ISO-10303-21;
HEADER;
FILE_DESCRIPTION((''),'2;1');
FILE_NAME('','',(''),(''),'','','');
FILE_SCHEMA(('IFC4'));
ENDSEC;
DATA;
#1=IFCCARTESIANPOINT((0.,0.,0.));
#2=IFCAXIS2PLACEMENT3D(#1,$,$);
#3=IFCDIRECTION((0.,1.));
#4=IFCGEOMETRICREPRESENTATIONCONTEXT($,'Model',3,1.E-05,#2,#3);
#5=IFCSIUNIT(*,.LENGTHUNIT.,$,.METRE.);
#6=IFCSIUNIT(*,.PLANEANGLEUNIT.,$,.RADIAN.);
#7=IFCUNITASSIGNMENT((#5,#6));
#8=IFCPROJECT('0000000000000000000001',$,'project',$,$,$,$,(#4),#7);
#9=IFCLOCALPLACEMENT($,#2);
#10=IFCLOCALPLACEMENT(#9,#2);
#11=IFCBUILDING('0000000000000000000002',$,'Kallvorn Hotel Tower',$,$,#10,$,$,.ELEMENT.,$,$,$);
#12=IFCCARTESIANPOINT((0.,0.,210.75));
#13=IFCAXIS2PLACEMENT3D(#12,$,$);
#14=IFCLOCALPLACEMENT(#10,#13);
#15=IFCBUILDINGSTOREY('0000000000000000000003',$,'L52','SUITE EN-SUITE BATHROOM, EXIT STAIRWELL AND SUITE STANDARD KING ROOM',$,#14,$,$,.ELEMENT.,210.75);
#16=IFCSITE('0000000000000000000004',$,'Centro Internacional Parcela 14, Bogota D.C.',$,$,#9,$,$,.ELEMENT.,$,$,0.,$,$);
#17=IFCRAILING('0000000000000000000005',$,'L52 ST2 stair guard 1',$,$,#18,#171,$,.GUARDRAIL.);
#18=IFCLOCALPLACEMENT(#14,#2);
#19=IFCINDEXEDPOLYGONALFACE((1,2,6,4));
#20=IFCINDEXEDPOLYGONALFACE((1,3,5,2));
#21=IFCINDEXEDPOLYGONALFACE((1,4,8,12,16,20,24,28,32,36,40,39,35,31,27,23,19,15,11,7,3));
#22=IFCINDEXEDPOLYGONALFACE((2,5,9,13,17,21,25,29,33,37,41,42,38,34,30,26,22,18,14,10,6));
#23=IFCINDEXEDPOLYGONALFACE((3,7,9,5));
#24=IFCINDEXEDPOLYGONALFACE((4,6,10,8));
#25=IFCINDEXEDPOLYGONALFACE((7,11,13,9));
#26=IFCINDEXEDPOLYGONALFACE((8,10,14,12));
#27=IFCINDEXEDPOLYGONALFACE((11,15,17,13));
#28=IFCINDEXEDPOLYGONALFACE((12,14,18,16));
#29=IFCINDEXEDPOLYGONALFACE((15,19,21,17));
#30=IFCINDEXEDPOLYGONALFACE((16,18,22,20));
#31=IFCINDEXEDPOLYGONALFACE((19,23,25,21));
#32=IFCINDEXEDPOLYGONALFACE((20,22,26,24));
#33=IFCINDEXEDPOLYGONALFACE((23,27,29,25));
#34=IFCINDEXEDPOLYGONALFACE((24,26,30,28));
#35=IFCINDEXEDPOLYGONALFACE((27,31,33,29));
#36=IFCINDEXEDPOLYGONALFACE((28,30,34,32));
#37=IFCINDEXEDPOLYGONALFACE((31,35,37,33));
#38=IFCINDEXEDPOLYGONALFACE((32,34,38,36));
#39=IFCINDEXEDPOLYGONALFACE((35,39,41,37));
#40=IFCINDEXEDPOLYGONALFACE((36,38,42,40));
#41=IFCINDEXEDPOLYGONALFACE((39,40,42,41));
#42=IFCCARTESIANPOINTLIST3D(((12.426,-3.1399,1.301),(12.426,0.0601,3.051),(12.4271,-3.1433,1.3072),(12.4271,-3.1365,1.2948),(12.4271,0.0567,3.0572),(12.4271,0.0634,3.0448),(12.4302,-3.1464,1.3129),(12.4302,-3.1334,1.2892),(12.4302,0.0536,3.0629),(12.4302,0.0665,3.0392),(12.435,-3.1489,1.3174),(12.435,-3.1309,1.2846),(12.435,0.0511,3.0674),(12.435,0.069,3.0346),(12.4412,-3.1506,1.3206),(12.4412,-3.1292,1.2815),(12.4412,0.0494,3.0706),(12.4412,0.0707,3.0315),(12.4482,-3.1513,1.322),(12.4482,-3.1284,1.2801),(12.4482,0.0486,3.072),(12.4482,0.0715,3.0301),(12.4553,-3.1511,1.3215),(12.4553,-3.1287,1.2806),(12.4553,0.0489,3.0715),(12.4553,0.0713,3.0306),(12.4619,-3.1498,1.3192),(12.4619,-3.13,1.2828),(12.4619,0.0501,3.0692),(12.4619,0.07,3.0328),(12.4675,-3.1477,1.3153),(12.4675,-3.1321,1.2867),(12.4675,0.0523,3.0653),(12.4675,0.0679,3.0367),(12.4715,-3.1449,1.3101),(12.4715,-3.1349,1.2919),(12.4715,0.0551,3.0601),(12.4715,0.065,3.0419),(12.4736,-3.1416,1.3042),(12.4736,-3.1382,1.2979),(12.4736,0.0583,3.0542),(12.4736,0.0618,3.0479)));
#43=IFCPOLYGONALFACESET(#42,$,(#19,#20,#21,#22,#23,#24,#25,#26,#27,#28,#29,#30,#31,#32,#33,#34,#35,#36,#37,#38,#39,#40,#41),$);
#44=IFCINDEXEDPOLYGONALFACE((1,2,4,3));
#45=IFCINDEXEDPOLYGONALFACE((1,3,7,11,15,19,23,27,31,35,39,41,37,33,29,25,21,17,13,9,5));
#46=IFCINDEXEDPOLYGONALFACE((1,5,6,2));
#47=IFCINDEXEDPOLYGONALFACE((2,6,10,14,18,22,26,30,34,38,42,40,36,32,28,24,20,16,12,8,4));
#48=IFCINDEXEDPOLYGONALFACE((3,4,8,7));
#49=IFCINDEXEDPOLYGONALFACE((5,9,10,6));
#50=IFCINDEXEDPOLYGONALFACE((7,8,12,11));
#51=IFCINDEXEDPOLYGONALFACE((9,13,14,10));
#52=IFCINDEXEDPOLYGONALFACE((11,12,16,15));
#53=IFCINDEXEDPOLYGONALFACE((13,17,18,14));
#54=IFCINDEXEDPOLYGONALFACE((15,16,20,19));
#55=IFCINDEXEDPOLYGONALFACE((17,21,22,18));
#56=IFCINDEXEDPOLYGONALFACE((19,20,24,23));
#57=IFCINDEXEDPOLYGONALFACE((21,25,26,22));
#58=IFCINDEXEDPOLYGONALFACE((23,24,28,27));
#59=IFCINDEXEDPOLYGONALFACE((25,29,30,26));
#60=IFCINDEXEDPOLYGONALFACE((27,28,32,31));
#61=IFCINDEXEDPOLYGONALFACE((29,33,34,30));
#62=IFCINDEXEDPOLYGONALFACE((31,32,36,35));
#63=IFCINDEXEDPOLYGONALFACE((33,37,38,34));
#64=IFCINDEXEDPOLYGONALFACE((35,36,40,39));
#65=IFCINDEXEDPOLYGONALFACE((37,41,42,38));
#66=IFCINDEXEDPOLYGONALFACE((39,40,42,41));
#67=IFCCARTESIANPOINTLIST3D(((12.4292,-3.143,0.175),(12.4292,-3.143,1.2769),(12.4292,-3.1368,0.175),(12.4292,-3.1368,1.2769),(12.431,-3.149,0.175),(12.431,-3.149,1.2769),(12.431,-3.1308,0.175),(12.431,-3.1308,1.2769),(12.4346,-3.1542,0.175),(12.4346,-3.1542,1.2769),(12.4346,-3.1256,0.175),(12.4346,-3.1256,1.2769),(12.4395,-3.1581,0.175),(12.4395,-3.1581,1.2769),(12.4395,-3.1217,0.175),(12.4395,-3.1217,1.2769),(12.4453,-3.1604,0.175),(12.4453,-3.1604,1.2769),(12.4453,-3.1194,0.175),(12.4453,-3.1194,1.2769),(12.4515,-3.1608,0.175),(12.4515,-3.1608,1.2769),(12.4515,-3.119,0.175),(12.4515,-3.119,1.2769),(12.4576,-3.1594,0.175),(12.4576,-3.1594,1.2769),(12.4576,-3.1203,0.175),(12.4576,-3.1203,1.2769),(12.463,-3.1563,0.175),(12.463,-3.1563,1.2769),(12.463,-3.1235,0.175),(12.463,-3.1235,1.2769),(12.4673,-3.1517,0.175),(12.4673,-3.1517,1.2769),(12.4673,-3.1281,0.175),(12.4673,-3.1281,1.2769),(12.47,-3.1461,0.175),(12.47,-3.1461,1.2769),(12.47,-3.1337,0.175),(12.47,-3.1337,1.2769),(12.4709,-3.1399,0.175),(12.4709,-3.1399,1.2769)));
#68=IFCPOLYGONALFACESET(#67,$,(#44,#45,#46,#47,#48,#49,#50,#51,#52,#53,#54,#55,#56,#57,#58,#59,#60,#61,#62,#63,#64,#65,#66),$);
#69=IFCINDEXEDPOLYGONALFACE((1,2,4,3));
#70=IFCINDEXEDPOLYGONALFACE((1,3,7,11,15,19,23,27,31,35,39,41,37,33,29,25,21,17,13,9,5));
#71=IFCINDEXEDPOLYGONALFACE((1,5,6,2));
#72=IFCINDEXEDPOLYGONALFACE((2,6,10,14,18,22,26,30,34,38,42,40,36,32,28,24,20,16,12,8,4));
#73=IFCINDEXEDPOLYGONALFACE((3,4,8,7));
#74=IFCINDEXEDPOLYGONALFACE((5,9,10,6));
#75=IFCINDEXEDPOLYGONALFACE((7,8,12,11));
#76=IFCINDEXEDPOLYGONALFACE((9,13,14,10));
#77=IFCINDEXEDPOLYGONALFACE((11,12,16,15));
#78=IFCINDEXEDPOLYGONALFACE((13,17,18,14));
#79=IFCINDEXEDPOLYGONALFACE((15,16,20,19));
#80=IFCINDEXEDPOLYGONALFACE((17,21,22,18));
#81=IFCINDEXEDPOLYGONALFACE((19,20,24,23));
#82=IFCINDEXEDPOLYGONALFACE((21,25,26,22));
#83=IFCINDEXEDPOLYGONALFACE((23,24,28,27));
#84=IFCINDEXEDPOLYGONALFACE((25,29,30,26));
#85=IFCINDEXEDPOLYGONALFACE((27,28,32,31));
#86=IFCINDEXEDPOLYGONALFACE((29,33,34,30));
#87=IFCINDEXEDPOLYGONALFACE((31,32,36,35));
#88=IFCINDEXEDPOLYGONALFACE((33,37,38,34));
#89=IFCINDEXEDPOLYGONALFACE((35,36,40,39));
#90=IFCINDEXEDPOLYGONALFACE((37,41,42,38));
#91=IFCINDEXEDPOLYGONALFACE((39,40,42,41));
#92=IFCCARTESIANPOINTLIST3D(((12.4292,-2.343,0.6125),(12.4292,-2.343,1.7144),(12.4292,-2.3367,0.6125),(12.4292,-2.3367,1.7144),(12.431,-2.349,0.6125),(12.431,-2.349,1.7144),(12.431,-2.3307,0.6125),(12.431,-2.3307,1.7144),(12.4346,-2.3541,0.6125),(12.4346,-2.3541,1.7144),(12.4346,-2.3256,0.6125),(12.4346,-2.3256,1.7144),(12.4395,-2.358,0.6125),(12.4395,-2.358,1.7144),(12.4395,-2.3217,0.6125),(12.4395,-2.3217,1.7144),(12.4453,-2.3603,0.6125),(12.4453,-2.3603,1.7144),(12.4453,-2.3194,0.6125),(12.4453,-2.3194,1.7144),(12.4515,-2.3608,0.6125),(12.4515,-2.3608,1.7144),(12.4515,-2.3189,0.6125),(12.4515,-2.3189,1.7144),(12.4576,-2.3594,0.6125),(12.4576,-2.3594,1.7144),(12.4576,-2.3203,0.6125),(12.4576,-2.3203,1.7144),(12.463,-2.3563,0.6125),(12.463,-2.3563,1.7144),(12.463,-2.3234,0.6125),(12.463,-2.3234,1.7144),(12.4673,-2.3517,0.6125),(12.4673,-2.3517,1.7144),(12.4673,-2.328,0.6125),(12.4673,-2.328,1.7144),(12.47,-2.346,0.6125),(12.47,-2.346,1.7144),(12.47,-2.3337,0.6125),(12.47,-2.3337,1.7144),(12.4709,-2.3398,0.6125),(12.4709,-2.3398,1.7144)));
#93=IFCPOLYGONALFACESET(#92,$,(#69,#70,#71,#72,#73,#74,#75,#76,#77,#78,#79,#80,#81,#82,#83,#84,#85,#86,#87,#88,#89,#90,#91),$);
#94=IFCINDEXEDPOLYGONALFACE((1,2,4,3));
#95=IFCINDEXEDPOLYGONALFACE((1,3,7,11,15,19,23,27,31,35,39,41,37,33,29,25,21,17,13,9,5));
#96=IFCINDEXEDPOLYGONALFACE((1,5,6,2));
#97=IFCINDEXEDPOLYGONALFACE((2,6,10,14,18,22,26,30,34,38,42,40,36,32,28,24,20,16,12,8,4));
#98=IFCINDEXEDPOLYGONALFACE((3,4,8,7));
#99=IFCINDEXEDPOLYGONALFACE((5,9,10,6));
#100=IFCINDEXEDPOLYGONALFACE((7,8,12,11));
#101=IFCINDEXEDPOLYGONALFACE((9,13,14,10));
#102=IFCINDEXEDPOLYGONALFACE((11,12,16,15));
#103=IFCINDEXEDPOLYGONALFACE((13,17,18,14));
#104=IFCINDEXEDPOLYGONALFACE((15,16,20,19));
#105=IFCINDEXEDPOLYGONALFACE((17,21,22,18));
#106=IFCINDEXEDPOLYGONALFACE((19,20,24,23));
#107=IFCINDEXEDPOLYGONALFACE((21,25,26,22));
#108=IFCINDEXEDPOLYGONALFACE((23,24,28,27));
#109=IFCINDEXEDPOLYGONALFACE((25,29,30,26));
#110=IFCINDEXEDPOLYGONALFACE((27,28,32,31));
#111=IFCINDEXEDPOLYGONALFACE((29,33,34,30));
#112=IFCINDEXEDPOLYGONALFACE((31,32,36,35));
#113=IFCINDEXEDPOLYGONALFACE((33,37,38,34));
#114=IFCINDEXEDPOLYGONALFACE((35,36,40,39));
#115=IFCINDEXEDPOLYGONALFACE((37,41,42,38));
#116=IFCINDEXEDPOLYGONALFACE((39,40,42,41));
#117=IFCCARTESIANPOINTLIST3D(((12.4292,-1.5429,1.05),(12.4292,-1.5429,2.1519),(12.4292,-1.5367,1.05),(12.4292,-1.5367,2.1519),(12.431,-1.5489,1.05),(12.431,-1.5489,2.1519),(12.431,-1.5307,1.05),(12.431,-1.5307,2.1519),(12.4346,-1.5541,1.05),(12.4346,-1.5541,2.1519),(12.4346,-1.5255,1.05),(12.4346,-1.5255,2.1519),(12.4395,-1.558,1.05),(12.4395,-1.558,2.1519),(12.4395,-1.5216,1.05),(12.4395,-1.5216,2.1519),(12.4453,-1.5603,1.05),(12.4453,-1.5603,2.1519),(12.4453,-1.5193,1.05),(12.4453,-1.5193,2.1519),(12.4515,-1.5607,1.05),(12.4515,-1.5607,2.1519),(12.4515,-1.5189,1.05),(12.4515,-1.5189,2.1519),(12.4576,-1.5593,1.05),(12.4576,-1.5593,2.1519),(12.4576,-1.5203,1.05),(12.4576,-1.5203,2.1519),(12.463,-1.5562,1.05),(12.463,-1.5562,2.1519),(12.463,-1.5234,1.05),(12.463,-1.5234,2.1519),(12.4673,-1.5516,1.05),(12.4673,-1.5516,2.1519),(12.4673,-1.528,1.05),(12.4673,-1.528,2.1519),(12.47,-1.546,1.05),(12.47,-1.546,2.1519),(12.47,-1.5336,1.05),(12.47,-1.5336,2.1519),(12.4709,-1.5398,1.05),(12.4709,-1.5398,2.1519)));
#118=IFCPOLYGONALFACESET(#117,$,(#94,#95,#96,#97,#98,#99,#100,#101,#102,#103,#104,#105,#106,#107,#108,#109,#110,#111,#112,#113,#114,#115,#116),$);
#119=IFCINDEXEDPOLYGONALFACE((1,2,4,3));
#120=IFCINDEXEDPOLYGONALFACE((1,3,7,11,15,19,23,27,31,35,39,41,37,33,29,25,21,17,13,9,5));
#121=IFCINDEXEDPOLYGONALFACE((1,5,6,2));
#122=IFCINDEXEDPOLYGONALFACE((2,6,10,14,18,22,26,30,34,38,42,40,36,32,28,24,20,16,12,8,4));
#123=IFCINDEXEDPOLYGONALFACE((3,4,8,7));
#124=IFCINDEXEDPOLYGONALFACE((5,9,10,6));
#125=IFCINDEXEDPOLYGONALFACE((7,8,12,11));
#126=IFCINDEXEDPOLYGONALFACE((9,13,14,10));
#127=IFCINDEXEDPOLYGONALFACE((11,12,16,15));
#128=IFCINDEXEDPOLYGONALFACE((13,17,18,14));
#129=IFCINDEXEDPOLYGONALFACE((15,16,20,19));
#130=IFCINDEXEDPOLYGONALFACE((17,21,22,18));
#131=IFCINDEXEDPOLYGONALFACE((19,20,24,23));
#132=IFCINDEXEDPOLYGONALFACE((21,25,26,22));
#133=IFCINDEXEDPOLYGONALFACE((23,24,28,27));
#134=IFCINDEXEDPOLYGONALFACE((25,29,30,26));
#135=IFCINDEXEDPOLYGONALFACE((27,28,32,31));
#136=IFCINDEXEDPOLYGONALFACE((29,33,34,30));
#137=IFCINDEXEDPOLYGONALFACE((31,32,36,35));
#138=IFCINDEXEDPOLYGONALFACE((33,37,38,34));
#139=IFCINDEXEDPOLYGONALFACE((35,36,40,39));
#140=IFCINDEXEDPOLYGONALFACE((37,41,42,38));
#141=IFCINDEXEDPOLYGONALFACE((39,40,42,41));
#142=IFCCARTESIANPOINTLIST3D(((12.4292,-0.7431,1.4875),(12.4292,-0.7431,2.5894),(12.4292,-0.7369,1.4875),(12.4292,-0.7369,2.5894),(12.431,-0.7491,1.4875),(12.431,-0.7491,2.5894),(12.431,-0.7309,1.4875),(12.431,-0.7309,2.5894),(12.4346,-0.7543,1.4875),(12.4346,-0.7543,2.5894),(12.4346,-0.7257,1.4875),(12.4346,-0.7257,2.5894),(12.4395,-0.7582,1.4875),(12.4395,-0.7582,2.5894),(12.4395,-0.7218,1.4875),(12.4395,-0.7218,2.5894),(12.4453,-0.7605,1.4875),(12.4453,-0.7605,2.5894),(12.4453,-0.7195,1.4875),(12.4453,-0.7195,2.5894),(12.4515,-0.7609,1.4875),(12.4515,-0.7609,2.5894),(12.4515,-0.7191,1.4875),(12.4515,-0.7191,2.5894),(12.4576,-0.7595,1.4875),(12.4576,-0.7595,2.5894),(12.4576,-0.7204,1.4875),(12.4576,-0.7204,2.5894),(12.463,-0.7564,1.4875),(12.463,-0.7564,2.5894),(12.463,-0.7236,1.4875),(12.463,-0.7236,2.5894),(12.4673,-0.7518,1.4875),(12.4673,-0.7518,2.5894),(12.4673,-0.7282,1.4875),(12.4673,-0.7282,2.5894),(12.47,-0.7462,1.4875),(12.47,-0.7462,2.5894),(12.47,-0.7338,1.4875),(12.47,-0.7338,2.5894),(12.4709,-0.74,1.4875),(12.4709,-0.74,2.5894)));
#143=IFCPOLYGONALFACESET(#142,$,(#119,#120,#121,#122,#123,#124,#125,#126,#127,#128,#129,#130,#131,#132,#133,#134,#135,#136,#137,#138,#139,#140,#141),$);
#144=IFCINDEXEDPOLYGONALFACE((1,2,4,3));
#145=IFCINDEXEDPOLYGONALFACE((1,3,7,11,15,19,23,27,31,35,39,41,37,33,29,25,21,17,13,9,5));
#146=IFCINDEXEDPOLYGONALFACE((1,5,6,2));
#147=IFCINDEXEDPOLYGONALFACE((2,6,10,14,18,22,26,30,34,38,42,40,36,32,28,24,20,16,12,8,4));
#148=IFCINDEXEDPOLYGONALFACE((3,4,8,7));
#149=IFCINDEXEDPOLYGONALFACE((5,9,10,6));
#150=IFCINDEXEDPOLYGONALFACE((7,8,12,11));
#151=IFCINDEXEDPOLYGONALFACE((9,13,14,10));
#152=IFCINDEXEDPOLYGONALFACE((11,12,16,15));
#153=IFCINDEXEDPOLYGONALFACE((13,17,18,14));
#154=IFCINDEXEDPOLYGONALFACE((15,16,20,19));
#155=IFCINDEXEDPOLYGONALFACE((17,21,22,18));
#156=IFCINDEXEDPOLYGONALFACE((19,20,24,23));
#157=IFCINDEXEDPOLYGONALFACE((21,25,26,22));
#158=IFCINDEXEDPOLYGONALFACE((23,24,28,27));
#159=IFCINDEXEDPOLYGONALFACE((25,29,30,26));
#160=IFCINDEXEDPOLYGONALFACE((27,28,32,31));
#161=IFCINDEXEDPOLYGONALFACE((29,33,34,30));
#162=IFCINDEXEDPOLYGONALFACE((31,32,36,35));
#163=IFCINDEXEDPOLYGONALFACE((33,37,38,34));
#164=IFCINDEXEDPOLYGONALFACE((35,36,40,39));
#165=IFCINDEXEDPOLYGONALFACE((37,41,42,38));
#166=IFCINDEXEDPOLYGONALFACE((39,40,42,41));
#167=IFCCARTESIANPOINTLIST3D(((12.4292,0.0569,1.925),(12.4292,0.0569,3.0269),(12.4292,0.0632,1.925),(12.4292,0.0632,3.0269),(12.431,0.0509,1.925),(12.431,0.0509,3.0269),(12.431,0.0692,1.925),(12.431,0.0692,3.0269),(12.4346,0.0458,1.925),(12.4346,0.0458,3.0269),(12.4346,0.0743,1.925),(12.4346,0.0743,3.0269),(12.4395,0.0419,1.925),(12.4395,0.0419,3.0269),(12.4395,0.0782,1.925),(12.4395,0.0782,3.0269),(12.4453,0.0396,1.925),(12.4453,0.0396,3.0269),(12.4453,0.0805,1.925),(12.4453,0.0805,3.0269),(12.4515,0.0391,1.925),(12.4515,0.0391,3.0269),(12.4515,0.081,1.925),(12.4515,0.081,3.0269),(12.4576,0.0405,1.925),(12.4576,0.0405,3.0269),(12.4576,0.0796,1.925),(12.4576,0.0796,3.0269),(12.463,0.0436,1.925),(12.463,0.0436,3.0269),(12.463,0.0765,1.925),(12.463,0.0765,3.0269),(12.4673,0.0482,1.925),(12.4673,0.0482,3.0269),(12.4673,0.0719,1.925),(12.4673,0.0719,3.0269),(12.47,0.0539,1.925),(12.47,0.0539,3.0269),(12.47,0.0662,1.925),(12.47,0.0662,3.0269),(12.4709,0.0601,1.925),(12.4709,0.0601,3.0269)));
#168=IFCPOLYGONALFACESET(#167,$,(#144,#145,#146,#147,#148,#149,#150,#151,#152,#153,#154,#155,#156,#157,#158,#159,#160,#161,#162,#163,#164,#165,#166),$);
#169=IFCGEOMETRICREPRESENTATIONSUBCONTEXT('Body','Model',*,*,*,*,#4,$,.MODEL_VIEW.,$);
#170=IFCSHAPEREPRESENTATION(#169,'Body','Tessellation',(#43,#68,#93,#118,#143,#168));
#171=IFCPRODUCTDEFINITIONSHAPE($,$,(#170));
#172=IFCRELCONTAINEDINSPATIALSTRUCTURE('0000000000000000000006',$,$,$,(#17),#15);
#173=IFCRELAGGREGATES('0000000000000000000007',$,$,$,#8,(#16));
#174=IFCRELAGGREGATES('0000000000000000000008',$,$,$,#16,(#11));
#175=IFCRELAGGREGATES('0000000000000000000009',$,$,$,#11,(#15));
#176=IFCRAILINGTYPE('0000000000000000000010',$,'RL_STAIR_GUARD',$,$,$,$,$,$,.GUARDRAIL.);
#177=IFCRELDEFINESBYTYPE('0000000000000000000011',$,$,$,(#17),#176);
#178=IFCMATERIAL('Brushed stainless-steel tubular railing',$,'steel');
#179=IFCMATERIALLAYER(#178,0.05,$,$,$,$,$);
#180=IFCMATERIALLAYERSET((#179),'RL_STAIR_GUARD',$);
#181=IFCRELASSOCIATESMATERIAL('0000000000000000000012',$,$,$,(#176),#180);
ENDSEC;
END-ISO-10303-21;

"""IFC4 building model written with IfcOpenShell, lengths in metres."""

from ifc_helpers import new_model, si_unit, direction, frame, origin, origin_2d, place, context, subcontext, project, spatial, circle, extrude, material, layer, layer_set, type_object, element, save


model = new_model("IFC4")

# Units and contexts
model_context = context("Model", 3, precision=1e-05, world=origin(), true_north=direction((0.0, 1.0)))
body_context = subcontext(model_context, "Body", "Model", "MODEL_VIEW")
ifc_project = project(units=[si_unit("LENGTHUNIT", "METRE"), si_unit("PLANEANGLEUNIT", "RADIAN")], contexts=[model_context])

# Site, building, storey
site_placement = place(None, origin())
site = spatial("IfcSite", under=ifc_project, at=site_placement, Name="Centro Internacional Parcela 14, Bogota D.C.", CompositionType="ELEMENT", RefElevation=0.0)
building_placement = place(site_placement, origin())
building = spatial("IfcBuilding", under=site, at=building_placement, Name="Kallvorn Hotel Tower", CompositionType="ELEMENT")
storey_placement = place(building_placement, frame((0.0, 0.0, 210.75)))
storey = spatial("IfcBuildingStorey", under=building, at=storey_placement, Name="L52", Description="SUITE EN-SUITE BATHROOM, EXIT STAIRWELL AND SUITE STANDARD KING ROOM", CompositionType="ELEMENT", Elevation=210.75)

# Railing
ifc_material_1 = material(Name="Brushed stainless-steel tubular railing", Category="steel")
ifc_layer_1 = layer(ifc_material_1, 0.05)
ifc_layer_set_1 = layer_set([ifc_layer_1], Name="RL_STAIR_GUARD")
railing_type_1 = type_object("IfcRailingType", Name="RL_STAIR_GUARD", PredefinedType="GUARDRAIL", material=ifc_layer_set_1)
railing_1_placement = place(storey_placement, frame((12.45, -3.1399, 0.175)))
element("IfcRailing", 1, at=railing_1_placement, inside=storey, type_object=railing_type_1, Name="L52 ST2 stair guard 1", PredefinedType="GUARDRAIL", context=body_context, shape_type="SweptSolid", body=[
    extrude(circle(Radius=0.0239, at=origin_2d()), frame((0.0, 0.0, 1.126), z_axis=(0.0, 0.877368, 0.479818), x_axis=(-1.0, 0.0, 0.0)), (0.0, 0.0, 1.0), 3.6472),
    extrude(circle(Radius=0.021, at=origin_2d()), origin(), (0.0, 0.0, 1.0), 1.1018),
    extrude(circle(Radius=0.021, at=origin_2d()), frame((0.0, 0.8, 0.4375)), (0.0, 0.0, 1.0), 1.1018),
    extrude(circle(Radius=0.021, at=origin_2d()), frame((0.0, 1.6001, 0.875)), (0.0, 0.0, 1.0), 1.1018),
    extrude(circle(Radius=0.021, at=origin_2d()), frame((0.0, 2.3999, 1.3125)), (0.0, 0.0, 1.0), 1.1018),
    extrude(circle(Radius=0.021, at=origin_2d()), frame((0.0, 3.2, 1.75)), (0.0, 0.0, 1.0), 1.1018),
])

save(model, "model.ifc")
